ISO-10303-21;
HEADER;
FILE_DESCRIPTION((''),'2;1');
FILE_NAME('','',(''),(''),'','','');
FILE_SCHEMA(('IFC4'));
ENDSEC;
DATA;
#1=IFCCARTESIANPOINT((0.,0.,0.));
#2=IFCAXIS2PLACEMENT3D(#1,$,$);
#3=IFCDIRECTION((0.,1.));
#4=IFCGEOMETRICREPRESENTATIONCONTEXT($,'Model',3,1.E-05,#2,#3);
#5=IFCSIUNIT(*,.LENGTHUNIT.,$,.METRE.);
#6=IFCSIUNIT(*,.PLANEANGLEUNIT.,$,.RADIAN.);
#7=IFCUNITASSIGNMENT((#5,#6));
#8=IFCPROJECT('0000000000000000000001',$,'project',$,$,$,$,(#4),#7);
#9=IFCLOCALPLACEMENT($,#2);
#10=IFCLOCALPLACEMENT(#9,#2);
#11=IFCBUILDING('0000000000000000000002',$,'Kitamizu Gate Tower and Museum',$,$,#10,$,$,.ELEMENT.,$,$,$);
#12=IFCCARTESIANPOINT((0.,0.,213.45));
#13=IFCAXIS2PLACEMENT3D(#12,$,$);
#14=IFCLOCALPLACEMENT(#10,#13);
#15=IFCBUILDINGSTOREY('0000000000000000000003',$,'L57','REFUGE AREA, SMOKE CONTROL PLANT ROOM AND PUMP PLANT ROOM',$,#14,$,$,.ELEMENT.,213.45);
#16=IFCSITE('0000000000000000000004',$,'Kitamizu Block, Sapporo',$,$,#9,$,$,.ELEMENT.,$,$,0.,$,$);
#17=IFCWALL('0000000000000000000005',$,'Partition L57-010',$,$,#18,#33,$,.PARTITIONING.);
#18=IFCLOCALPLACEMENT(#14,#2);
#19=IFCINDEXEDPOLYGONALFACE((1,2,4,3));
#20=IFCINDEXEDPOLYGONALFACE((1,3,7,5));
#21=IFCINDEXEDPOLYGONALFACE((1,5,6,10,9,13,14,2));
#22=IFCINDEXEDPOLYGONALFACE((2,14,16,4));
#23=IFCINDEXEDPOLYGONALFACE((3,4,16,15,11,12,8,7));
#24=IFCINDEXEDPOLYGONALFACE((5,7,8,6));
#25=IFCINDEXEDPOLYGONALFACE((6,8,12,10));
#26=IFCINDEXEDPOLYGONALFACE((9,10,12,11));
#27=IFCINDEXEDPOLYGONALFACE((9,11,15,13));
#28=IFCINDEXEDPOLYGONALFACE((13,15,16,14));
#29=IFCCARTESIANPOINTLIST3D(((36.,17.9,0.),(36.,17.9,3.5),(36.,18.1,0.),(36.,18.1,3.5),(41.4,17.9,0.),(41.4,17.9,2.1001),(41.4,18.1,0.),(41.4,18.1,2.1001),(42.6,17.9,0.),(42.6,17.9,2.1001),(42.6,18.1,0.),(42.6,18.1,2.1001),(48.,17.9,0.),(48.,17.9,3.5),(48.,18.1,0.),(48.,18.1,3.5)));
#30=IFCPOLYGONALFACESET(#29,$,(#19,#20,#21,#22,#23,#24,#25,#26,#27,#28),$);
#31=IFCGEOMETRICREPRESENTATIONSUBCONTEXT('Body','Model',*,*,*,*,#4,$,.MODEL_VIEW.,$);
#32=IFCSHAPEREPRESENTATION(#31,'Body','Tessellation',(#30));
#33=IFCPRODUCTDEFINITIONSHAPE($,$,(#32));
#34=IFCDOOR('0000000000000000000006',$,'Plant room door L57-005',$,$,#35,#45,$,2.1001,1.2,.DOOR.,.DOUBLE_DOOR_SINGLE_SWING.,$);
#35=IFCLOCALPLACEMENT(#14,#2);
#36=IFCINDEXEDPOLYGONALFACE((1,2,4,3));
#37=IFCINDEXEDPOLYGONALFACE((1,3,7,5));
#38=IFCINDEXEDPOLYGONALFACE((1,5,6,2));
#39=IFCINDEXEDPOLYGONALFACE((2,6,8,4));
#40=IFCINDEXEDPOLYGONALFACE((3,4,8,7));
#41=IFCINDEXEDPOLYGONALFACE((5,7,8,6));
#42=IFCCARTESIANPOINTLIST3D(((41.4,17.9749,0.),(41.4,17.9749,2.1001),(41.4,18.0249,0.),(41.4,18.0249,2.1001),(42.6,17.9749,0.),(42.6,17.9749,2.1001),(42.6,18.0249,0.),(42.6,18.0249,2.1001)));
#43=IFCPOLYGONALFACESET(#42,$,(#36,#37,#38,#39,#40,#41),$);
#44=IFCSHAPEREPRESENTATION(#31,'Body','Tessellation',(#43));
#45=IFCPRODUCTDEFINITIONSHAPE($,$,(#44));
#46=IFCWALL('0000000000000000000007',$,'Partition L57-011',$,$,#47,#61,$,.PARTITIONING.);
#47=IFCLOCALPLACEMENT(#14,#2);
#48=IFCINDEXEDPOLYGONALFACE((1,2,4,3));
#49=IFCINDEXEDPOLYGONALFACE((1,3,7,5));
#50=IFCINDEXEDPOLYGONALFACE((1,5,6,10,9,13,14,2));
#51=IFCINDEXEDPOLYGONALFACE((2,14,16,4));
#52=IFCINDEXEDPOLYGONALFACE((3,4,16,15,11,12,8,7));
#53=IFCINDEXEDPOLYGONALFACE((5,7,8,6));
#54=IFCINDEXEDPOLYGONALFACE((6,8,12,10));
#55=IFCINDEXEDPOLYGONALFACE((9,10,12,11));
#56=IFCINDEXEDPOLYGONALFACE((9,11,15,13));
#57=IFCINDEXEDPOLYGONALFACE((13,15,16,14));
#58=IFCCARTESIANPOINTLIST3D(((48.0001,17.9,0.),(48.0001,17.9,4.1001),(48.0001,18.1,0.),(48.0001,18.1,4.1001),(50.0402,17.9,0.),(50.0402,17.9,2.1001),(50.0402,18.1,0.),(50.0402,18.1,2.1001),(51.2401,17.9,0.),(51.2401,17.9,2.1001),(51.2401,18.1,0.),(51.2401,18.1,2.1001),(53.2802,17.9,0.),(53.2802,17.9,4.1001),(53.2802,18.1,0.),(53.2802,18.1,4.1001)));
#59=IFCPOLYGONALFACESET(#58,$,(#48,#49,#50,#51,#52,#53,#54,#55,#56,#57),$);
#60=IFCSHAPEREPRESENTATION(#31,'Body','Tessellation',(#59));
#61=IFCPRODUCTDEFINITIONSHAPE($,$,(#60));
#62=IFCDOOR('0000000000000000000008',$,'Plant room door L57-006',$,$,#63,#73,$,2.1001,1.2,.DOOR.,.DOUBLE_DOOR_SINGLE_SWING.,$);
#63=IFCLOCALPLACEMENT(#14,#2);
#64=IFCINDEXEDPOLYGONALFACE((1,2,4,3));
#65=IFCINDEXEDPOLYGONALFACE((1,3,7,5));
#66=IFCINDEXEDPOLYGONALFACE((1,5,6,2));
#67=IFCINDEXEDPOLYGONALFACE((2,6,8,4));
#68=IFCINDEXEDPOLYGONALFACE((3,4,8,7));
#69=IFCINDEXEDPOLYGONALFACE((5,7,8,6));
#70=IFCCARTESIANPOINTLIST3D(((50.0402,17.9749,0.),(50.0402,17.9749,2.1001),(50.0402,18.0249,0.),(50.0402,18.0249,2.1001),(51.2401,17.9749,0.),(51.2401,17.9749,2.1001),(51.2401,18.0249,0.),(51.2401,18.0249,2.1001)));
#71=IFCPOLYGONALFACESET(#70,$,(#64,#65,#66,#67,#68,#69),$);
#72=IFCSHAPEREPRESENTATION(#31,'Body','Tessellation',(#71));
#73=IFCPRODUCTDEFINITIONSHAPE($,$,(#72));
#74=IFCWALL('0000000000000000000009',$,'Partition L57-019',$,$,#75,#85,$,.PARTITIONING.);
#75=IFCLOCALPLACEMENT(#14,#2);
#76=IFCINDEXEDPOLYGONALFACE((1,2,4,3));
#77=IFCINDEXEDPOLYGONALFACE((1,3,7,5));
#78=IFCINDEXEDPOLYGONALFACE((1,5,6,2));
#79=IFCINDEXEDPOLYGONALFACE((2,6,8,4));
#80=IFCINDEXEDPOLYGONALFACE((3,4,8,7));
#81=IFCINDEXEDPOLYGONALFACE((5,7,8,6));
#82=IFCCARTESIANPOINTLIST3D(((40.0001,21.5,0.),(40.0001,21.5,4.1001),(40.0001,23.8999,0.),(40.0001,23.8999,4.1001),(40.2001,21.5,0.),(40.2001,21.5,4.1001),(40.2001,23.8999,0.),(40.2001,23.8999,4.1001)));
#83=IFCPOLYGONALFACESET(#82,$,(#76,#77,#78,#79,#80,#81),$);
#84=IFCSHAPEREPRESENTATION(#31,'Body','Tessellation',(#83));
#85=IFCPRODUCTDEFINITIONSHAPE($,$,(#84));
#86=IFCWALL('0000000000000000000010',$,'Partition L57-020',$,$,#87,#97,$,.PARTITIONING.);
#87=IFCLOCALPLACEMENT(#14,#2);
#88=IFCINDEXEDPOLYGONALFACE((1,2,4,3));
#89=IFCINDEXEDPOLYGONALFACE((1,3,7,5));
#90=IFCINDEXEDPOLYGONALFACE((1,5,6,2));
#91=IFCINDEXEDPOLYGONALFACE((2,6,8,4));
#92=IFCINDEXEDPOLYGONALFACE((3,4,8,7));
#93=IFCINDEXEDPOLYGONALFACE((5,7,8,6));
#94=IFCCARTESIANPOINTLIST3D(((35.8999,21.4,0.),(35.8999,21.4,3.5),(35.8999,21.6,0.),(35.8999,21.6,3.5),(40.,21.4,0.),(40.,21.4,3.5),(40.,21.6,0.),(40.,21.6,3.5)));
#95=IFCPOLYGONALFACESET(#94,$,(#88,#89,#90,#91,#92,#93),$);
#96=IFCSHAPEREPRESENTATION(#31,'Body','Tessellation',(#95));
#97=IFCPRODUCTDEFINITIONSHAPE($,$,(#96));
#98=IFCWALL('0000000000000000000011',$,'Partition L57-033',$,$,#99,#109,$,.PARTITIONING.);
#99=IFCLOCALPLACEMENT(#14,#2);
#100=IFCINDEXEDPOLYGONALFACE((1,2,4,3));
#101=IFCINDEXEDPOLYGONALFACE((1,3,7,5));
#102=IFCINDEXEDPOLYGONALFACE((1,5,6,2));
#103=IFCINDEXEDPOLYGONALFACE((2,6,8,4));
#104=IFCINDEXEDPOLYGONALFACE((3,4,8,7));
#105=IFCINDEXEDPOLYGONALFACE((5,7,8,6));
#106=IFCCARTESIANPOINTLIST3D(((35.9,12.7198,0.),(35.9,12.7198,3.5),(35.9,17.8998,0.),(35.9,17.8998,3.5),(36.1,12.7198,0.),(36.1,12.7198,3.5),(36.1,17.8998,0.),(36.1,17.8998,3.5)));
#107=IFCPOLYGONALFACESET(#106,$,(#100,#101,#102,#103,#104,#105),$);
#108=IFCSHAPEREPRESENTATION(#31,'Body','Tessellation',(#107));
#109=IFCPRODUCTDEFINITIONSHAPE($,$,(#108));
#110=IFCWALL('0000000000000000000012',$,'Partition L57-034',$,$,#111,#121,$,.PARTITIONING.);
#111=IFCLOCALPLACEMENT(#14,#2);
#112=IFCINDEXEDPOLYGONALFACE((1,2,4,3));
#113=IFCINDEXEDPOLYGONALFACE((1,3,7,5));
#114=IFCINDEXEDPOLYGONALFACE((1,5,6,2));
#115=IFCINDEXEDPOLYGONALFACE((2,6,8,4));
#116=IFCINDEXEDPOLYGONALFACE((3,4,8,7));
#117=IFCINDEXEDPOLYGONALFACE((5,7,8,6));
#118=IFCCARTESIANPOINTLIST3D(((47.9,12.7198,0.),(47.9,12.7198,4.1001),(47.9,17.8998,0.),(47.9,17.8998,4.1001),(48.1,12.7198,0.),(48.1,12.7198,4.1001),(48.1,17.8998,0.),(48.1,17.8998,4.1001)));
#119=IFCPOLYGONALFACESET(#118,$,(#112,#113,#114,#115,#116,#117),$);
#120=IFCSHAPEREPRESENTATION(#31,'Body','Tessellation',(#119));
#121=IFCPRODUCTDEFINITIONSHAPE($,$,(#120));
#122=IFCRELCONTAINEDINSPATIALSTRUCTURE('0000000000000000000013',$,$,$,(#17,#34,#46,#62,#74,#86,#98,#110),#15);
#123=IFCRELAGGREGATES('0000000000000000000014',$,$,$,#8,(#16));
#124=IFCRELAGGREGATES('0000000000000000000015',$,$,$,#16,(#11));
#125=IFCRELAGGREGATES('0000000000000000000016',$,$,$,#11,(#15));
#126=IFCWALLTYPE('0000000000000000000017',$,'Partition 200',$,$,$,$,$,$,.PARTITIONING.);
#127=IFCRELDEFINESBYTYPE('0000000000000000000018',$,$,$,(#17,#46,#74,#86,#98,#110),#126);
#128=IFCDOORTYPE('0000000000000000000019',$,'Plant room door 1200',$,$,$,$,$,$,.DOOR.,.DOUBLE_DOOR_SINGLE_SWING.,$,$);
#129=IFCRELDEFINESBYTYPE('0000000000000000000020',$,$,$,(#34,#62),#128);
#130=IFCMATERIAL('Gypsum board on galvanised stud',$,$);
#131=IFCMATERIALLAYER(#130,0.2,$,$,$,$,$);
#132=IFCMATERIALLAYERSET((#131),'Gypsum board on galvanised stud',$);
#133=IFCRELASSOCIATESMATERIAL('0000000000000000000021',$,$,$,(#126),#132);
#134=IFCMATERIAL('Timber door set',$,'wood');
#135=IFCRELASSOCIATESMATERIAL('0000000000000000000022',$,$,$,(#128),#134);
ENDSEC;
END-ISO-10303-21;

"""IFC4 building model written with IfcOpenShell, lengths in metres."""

from ifc_helpers import new_model, si_unit, direction, frame, frame_2d, origin, place, context, subcontext, project, spatial, rectangle, extrude, material, layer, layer_set, type_object, element, fill, save


model = new_model("IFC4")

# Units and contexts
model_context = context("Model", 3, precision=1e-05, world=origin(), true_north=direction((0.0, 1.0)))
body_context = subcontext(model_context, "Body", "Model", "MODEL_VIEW")
ifc_project = project(units=[si_unit("LENGTHUNIT", "METRE"), si_unit("PLANEANGLEUNIT", "RADIAN")], contexts=[model_context])

# Site, building, storey
site_placement = place(None, origin())
site = spatial("IfcSite", under=ifc_project, at=site_placement, Name="Kitamizu Block, Sapporo", CompositionType="ELEMENT", RefElevation=0.0)
building_placement = place(site_placement, origin())
building = spatial("IfcBuilding", under=site, at=building_placement, Name="Kitamizu Gate Tower and Museum", CompositionType="ELEMENT")
storey_placement = place(building_placement, frame((0.0, 0.0, 213.45)))
storey = spatial("IfcBuildingStorey", under=building, at=storey_placement, Name="L57", Description="REFUGE AREA, SMOKE CONTROL PLANT ROOM AND PUMP PLANT ROOM", CompositionType="ELEMENT", Elevation=213.45)

# Walls, openings, doors
ifc_material_1 = material(Name="Gypsum board on galvanised stud")
ifc_layer = layer(ifc_material_1, 0.2)
ifc_layer_set = layer_set([ifc_layer], Name="Gypsum board on galvanised stud")
wall_type = type_object("IfcWallType", Name="Partition 200", PredefinedType="PARTITIONING", material=ifc_layer_set)
wall_1_placement = place(storey_placement, frame((36.0, 18.0, 0.0), z_axis=(0.0, 0.0, 1.0), x_axis=(1.0, 0.0, 0.0)))
wall_1 = element("IfcWall", 1, at=wall_1_placement, inside=storey, type_object=wall_type, Name="Partition L57-010", PredefinedType="PARTITIONING", context=body_context, shape_type="SweptSolid", body=[
    extrude(rectangle(XDim=12.0, YDim=0.2, at=frame_2d((6.0, 0.0))), origin(), (0.0, 0.0, 1.0), 3.5),
])
opening_1_placement = place(wall_1_placement, frame((5.3999, 0.0, 0.0)))
opening_1 = element("IfcOpeningElement", 2, at=opening_1_placement, cuts=wall_1, PredefinedType="OPENING", context=body_context, shape_type="SweptSolid", body=[
    extrude(rectangle(XDim=1.2, YDim=2.1001, at=frame_2d((0.6001, 1.05))), frame((0.0, 0.1099, 0.0), z_axis=(0.0, -1.0, 0.0), x_axis=(1.0, 0.0, 0.0)), (0.0, 0.0, 1.0), 0.22),
])
ifc_material_2 = material(Name="Timber door set", Category="wood")
door_type_1 = type_object("IfcDoorType", Name="Plant room door 1200", OperationType="DOUBLE_DOOR_SINGLE_SWING", PredefinedType="DOOR", material=ifc_material_2)
door_1_placement = place(opening_1_placement, origin())
door_1 = element("IfcDoor", 3, at=door_1_placement, inside=storey, type_object=door_type_1, Name="Plant room door L57-005", OperationType="DOUBLE_DOOR_SINGLE_SWING", OverallHeight=2.1001, OverallWidth=1.2, PredefinedType="DOOR", context=body_context, shape_type="SweptSolid", body=[
    extrude(rectangle(XDim=1.2, YDim=2.1001, at=frame_2d((0.6001, 1.05))), frame((0.0, 0.0249, 0.0), z_axis=(0.0, -1.0, 0.0), x_axis=(1.0, 0.0, 0.0)), (0.0, 0.0, 1.0), 0.05),
])
fill(opening_1, door_1)
wall_2_placement = place(storey_placement, frame((48.0, 18.0, 0.0), z_axis=(0.0, 0.0, 1.0), x_axis=(1.0, 0.0, 0.0)))
wall_2 = element("IfcWall", 4, at=wall_2_placement, inside=storey, type_object=wall_type, Name="Partition L57-011", PredefinedType="PARTITIONING", context=body_context, shape_type="SweptSolid", body=[
    extrude(rectangle(XDim=5.28, YDim=0.2, at=frame_2d((2.6401, 0.0))), origin(), (0.0, 0.0, 1.0), 4.1001),
])
opening_2_placement = place(wall_2_placement, frame((2.04, 0.0, 0.0)))
opening_2 = element("IfcOpeningElement", 5, at=opening_2_placement, cuts=wall_2, PredefinedType="OPENING", context=body_context, shape_type="SweptSolid", body=[
    extrude(rectangle(XDim=1.2, YDim=2.1001, at=frame_2d((0.6001, 1.05))), frame((0.0, 0.1099, 0.0), z_axis=(0.0, -1.0, 0.0), x_axis=(1.0, 0.0, 0.0)), (0.0, 0.0, 1.0), 0.22),
])
door_2_placement = place(opening_2_placement, origin())
door_2 = element("IfcDoor", 6, at=door_2_placement, inside=storey, type_object=door_type_1, Name="Plant room door L57-006", OperationType="DOUBLE_DOOR_SINGLE_SWING", OverallHeight=2.1001, OverallWidth=1.2, PredefinedType="DOOR", context=body_context, shape_type="SweptSolid", body=[
    extrude(rectangle(XDim=1.2, YDim=2.1001, at=frame_2d((0.6001, 1.05))), frame((0.0, 0.0249, 0.0), z_axis=(0.0, -1.0, 0.0), x_axis=(1.0, 0.0, 0.0)), (0.0, 0.0, 1.0), 0.05),
])
fill(opening_2, door_2)

# Walls
wall_3_placement = place(storey_placement, frame((40.1001, 23.8999, 0.0), z_axis=(0.0, 0.0, 1.0), x_axis=(0.0, -1.0, 0.0)))
element("IfcWall", 7, at=wall_3_placement, inside=storey, type_object=wall_type, Name="Partition L57-019", PredefinedType="PARTITIONING", context=body_context, shape_type="SweptSolid", body=[
    extrude(rectangle(XDim=2.3999, YDim=0.2, at=frame_2d((1.2, 0.0))), origin(), (0.0, 0.0, 1.0), 4.1001),
])
wall_4_placement = place(storey_placement, frame((40.0, 21.5, 0.0), z_axis=(0.0, 0.0, 1.0), x_axis=(-1.0, 0.0, 0.0)))
element("IfcWall", 8, at=wall_4_placement, inside=storey, type_object=wall_type, Name="Partition L57-020", PredefinedType="PARTITIONING", context=body_context, shape_type="SweptSolid", body=[
    extrude(rectangle(XDim=4.1001, YDim=0.2, at=frame_2d((2.05, 0.0))), origin(), (0.0, 0.0, 1.0), 3.5),
])
wall_5_placement = place(storey_placement, frame((36.0, 12.72, 0.0), z_axis=(0.0, 0.0, 1.0), x_axis=(0.0, 1.0, 0.0)))
element("IfcWall", 9, at=wall_5_placement, inside=storey, type_object=wall_type, Name="Partition L57-033", PredefinedType="PARTITIONING", context=body_context, shape_type="SweptSolid", body=[
    extrude(rectangle(XDim=5.1799, YDim=0.2, at=frame_2d((2.5898, 0.0))), origin(), (0.0, 0.0, 1.0), 3.5),
])
wall_6_placement = place(storey_placement, frame((48.0, 12.72, 0.0), z_axis=(0.0, 0.0, 1.0), x_axis=(0.0, 1.0, 0.0)))
element("IfcWall", 10, at=wall_6_placement, inside=storey, type_object=wall_type, Name="Partition L57-034", PredefinedType="PARTITIONING", context=body_context, shape_type="SweptSolid", body=[
    extrude(rectangle(XDim=5.1799, YDim=0.2, at=frame_2d((2.5898, 0.0))), origin(), (0.0, 0.0, 1.0), 4.1001),
])

save(model, "model.ifc")
